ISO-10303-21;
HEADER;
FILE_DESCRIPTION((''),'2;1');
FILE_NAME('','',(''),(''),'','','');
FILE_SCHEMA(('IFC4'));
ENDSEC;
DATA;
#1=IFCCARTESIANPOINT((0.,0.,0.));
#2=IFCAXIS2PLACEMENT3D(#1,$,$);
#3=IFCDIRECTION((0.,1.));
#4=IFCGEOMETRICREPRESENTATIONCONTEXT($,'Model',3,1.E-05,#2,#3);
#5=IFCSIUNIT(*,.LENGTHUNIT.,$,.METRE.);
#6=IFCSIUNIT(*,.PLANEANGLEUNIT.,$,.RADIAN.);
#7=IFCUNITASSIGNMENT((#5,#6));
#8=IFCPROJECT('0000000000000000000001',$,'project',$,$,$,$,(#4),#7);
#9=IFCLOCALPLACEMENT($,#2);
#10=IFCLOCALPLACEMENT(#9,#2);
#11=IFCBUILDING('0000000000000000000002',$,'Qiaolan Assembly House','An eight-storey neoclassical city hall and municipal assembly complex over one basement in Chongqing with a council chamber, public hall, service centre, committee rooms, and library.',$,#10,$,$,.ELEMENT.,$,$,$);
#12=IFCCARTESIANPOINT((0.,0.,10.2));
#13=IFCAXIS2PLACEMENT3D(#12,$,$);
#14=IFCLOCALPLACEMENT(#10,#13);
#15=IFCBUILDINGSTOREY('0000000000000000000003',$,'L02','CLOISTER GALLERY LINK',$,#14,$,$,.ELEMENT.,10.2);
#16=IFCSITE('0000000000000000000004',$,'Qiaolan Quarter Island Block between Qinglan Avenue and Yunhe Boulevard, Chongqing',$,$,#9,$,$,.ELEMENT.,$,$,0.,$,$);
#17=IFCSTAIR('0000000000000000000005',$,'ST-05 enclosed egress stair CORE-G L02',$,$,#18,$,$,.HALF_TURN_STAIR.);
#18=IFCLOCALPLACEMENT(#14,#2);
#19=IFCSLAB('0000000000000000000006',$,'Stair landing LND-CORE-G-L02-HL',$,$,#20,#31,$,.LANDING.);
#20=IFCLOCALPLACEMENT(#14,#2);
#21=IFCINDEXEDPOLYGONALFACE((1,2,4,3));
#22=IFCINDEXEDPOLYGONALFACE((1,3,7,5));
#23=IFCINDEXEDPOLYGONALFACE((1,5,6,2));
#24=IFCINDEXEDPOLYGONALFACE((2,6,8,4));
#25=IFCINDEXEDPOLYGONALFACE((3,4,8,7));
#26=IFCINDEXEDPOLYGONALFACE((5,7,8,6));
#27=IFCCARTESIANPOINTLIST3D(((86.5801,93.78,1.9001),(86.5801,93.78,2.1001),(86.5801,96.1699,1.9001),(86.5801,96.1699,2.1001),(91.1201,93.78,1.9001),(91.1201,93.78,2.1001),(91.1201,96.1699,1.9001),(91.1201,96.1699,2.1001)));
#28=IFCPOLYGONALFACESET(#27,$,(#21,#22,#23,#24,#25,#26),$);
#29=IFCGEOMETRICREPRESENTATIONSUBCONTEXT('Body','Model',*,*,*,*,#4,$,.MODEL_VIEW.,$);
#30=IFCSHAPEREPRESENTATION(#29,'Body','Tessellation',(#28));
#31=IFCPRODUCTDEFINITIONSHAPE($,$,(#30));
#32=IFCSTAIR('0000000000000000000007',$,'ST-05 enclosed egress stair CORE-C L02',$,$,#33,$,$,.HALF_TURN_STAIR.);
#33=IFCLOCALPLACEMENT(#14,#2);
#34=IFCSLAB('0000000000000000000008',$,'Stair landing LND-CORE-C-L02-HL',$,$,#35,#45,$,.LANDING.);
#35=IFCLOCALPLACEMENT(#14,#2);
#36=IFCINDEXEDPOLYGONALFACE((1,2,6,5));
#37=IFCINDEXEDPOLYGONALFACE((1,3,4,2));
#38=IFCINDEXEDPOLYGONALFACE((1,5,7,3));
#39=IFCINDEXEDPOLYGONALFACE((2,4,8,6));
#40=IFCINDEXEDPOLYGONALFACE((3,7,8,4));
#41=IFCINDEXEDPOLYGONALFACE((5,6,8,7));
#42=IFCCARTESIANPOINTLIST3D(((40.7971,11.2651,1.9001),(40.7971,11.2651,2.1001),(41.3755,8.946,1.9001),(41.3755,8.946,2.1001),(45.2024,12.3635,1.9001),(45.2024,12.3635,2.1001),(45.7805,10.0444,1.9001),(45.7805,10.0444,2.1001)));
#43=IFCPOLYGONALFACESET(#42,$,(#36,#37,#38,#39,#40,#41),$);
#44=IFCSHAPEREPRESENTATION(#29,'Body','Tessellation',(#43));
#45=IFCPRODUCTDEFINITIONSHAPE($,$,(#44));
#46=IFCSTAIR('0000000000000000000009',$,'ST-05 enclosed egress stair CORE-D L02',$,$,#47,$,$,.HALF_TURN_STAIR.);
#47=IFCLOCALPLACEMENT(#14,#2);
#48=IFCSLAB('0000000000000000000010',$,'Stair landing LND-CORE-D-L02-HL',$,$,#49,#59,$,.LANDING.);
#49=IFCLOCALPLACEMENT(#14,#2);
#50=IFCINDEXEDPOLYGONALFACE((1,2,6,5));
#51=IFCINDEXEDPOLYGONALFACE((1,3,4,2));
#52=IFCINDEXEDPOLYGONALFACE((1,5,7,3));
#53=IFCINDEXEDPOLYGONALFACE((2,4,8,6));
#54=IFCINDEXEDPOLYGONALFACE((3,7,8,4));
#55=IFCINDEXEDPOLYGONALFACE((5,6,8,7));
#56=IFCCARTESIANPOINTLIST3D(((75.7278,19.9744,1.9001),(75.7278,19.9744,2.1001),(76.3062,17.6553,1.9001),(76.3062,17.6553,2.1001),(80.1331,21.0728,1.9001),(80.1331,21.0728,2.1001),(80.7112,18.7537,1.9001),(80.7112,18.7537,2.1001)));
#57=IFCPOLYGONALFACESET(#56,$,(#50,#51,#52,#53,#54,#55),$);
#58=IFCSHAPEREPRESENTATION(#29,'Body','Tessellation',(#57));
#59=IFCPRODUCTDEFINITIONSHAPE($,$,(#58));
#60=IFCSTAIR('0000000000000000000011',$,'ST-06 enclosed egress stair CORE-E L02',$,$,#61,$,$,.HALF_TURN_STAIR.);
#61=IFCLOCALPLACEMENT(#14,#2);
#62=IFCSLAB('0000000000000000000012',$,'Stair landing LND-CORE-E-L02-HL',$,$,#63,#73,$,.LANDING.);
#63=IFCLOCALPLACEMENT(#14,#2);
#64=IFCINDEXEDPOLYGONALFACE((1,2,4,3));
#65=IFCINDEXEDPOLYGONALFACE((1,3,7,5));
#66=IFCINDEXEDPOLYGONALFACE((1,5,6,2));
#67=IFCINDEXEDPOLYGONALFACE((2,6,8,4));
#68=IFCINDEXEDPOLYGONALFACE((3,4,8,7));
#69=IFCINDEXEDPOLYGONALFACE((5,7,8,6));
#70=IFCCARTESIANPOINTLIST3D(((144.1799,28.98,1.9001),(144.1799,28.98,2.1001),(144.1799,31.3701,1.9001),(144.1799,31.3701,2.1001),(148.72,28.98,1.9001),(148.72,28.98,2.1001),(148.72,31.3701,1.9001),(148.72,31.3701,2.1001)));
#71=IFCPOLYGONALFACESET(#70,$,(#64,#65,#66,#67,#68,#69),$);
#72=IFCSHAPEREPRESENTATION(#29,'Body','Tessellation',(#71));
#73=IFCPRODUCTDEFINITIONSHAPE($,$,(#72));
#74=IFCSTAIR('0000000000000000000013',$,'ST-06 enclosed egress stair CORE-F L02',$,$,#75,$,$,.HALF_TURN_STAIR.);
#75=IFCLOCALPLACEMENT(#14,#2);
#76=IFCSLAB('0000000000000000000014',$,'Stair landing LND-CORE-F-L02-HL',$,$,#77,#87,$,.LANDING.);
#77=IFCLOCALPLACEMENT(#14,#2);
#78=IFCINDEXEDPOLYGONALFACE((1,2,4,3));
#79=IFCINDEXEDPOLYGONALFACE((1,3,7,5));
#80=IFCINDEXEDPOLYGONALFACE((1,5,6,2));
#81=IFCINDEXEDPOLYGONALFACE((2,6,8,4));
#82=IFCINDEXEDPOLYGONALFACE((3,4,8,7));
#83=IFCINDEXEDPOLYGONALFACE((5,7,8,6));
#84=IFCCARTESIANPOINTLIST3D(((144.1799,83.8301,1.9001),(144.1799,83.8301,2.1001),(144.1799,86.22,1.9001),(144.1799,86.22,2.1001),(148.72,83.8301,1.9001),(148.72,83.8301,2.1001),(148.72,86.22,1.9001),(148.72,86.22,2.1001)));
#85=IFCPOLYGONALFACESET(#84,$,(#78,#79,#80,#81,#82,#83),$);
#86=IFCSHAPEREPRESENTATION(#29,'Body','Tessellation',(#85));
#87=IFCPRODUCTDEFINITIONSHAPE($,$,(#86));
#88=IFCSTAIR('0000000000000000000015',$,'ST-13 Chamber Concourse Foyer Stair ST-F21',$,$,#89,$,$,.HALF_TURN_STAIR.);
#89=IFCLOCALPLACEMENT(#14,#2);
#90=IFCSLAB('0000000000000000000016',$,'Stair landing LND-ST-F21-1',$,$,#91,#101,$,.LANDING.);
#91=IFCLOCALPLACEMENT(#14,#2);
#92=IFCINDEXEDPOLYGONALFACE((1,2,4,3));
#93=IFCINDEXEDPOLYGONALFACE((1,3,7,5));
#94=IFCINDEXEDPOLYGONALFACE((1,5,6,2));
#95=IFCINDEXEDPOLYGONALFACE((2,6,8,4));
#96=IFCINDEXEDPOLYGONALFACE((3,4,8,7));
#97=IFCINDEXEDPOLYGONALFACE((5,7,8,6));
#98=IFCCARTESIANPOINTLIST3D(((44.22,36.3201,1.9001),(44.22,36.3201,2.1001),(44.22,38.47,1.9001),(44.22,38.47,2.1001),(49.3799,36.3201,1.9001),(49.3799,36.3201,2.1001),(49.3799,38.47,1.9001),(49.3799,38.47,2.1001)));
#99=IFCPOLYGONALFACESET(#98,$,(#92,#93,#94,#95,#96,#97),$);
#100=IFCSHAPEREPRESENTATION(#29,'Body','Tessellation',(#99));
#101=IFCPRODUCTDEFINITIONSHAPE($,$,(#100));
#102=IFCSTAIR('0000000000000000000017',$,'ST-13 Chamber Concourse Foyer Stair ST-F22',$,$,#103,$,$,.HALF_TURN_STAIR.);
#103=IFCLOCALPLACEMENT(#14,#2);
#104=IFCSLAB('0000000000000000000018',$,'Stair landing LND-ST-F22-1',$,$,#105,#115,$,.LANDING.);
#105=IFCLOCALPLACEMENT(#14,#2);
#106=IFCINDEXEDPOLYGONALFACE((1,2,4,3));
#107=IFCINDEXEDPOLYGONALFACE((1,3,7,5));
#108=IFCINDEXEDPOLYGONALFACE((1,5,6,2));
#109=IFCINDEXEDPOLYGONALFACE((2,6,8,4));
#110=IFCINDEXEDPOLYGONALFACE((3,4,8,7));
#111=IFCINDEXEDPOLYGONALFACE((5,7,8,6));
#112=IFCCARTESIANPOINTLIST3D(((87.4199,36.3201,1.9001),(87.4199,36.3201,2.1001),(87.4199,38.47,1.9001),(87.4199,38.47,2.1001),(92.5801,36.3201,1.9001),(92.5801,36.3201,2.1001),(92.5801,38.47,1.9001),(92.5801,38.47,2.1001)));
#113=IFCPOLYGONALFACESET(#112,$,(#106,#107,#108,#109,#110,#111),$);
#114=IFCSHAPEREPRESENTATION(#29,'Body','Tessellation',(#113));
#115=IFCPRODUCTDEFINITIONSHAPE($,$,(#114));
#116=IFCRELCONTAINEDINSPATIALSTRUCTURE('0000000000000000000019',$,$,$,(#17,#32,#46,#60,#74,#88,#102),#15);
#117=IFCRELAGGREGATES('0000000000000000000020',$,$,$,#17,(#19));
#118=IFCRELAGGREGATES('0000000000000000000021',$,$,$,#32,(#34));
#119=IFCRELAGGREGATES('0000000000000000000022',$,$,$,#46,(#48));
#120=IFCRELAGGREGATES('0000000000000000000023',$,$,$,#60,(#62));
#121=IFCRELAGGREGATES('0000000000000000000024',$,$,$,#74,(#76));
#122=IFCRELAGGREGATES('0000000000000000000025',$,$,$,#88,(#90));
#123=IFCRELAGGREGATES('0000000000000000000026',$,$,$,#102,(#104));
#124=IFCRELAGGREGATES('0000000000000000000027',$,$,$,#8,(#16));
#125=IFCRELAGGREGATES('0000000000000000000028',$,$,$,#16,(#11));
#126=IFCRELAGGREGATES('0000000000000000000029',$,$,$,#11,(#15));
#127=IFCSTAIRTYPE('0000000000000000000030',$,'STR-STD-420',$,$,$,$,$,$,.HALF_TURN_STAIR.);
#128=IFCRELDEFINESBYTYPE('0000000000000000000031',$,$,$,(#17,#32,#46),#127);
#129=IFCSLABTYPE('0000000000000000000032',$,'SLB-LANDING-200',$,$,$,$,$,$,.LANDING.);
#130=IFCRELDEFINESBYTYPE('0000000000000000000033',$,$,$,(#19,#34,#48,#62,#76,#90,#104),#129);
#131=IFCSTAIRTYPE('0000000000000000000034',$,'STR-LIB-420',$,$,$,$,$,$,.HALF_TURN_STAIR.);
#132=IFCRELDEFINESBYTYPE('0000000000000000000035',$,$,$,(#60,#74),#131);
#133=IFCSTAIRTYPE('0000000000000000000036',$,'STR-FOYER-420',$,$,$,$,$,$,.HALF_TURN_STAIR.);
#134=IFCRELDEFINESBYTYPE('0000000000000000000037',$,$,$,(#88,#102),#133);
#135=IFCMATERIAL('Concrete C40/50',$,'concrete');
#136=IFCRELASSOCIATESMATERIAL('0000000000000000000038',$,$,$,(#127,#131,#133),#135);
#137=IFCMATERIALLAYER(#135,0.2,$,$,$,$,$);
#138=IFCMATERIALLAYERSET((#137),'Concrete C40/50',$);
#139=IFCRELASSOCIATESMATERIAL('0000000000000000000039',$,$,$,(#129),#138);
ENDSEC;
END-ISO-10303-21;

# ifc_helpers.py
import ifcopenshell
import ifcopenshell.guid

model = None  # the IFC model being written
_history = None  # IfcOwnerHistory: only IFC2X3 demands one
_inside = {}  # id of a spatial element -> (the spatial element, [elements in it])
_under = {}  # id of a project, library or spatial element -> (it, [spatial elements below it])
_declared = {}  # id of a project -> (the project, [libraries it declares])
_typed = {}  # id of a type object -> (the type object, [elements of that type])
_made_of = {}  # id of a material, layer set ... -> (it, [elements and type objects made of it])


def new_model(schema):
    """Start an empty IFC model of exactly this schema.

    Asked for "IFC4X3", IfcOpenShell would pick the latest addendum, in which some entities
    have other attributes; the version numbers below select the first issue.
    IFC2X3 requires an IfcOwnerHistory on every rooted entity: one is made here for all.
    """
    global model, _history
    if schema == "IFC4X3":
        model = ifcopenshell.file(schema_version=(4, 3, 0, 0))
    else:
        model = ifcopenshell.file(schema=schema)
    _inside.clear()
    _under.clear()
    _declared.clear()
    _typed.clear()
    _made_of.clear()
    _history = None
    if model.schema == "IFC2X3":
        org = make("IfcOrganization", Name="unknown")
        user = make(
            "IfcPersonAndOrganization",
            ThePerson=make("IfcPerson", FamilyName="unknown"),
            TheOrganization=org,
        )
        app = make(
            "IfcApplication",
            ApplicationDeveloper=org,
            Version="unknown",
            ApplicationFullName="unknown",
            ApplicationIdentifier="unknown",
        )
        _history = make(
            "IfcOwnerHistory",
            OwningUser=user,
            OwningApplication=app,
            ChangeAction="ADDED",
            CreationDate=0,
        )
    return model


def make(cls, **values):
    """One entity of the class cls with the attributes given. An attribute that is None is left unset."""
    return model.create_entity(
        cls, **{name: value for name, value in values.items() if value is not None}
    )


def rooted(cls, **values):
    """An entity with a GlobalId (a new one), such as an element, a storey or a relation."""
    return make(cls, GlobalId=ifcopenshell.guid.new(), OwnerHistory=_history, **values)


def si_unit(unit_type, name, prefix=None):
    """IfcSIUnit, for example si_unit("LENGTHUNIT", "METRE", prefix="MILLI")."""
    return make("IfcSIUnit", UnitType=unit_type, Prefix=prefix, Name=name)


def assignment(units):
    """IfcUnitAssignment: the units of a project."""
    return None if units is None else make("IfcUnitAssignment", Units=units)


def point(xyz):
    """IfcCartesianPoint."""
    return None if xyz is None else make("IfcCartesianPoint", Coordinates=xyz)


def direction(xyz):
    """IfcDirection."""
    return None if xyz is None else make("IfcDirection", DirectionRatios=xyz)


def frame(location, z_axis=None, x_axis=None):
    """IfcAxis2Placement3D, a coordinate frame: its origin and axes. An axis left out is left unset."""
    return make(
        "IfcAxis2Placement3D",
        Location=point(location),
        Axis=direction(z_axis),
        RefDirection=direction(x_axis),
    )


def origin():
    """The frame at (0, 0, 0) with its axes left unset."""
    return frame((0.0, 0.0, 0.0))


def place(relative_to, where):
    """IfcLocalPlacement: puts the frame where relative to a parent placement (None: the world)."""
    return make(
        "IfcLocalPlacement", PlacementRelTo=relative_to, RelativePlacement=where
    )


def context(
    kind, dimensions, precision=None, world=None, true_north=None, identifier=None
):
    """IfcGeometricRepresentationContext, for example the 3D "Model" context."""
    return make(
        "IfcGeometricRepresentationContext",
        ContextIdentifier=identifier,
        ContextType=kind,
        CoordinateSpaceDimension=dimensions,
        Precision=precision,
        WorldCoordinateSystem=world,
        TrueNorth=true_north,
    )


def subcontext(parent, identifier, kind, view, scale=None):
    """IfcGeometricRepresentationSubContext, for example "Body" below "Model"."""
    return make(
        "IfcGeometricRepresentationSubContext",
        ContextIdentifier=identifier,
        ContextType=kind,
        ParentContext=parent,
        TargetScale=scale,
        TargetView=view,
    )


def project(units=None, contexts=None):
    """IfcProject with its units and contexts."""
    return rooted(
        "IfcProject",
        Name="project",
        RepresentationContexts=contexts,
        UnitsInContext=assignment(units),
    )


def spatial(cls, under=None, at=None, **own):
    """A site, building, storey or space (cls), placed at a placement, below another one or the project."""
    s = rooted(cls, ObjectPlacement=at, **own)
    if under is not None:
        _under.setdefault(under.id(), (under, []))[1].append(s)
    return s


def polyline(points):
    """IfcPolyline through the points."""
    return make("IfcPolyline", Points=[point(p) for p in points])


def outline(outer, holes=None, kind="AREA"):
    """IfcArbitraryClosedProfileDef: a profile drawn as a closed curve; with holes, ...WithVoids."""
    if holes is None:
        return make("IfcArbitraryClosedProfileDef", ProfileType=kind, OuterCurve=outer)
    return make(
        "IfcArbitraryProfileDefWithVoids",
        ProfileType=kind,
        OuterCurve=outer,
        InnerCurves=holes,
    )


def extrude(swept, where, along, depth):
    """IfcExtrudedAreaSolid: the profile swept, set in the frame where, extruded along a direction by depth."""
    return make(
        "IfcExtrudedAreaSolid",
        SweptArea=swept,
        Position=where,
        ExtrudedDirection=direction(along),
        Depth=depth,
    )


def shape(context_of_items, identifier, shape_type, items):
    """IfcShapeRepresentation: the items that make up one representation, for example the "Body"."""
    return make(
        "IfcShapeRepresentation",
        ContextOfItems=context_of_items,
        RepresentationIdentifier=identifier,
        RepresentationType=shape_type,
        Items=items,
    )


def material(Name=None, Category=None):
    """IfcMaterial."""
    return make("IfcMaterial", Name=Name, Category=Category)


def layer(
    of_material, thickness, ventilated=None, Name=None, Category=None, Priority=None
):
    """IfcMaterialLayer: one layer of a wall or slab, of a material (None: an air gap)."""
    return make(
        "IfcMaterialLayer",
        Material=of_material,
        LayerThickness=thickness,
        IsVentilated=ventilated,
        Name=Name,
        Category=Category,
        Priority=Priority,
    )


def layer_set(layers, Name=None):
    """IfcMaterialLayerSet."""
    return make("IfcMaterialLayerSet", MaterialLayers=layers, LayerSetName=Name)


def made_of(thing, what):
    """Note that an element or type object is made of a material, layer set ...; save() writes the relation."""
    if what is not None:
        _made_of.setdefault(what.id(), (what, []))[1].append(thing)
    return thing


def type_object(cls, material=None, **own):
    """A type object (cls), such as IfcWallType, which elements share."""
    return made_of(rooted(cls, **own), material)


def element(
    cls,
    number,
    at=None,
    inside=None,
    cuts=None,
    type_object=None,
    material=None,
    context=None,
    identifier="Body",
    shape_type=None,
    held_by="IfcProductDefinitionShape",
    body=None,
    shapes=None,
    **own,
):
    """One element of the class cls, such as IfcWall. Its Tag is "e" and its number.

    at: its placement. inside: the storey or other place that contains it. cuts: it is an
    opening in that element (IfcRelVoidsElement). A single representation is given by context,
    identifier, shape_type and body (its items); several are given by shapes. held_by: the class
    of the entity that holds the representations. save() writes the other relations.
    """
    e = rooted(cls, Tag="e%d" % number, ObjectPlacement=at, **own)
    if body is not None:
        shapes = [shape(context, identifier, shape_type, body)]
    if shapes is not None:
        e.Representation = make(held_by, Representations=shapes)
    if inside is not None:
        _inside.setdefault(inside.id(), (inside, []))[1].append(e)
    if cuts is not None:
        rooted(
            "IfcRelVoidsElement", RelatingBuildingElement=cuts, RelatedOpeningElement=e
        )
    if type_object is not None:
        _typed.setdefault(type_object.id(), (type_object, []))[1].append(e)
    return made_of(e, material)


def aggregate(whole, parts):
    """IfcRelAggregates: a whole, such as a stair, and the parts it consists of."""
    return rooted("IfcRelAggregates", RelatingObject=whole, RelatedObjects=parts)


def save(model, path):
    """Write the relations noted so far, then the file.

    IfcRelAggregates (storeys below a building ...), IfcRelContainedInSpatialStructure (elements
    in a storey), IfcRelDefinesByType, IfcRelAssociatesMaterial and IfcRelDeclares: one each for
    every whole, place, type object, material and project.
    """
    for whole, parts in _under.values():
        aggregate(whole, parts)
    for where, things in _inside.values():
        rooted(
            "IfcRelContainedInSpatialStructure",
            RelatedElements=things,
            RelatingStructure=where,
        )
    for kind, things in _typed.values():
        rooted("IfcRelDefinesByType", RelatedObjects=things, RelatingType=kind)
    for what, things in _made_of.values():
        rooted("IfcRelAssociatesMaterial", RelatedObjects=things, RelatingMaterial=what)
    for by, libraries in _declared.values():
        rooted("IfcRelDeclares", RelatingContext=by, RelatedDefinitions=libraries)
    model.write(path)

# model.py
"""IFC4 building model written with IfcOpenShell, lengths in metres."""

from ifc_helpers import new_model, si_unit, direction, frame, origin, place, context, subcontext, project, spatial, polyline, outline, extrude, material, layer, layer_set, type_object, element, aggregate, save


model = new_model("IFC4")

# Units and contexts
model_context = context("Model", 3, precision=1e-05, world=origin(), true_north=direction((0.0, 1.0)))
body_context = subcontext(model_context, "Body", "Model", "MODEL_VIEW")
ifc_project = project(units=[si_unit("LENGTHUNIT", "METRE"), si_unit("PLANEANGLEUNIT", "RADIAN")], contexts=[model_context])

# Site, building, storey
site_placement = place(None, origin())
site = spatial("IfcSite", under=ifc_project, at=site_placement, Name="Qiaolan Quarter Island Block between Qinglan Avenue and Yunhe Boulevard, Chongqing", CompositionType="ELEMENT", RefElevation=0.0)
building_placement = place(site_placement, origin())
building = spatial("IfcBuilding", under=site, at=building_placement, Name="Qiaolan Assembly House", Description="An eight-storey neoclassical city hall and municipal assembly complex over one basement in Chongqing with a council chamber, public hall, service centre, committee rooms, and library.", CompositionType="ELEMENT")
storey_placement = place(building_placement, frame((0.0, 0.0, 10.2)))
storey = spatial("IfcBuildingStorey", under=building, at=storey_placement, Name="L02", Description="CLOISTER GALLERY LINK", CompositionType="ELEMENT", Elevation=10.2)

# Stairs, slabs
ifc_material_1 = material(Name="Concrete C40/50", Category="concrete")
stair_type_1 = type_object("IfcStairType", Name="STR-STD-420", PredefinedType="HALF_TURN_STAIR", material=ifc_material_1)
ifc_layer_1 = layer(ifc_material_1, 0.2)
ifc_layer_set_1 = layer_set([ifc_layer_1], Name="Concrete C40/50")
slab_type = type_object("IfcSlabType", Name="SLB-LANDING-200", PredefinedType="LANDING", material=ifc_layer_set_1)
stair_1_placement = place(storey_placement, origin())
stair_1 = element("IfcStair", 1, at=stair_1_placement, inside=storey, type_object=stair_type_1, Name="ST-05 enclosed egress stair CORE-G L02", PredefinedType="HALF_TURN_STAIR")
slab_1_placement = place(storey_placement, frame((0.0, 0.0, 1.9001)))
slab_1 = element("IfcSlab", 2, at=slab_1_placement, type_object=slab_type, Name="Stair landing LND-CORE-G-L02-HL", PredefinedType="LANDING", context=body_context, shape_type="SweptSolid", body=[
    extrude(outline(polyline([(86.5801, 93.78), (86.5801, 96.1699), (91.1201, 96.1699), (91.1201, 93.78), (86.5801, 93.78)])), origin(), (0.0, 0.0, 1.0), 0.2),
])
aggregate(stair_1, [slab_1])
stair_2_placement = place(storey_placement, origin())
stair_2 = element("IfcStair", 3, at=stair_2_placement, inside=storey, type_object=stair_type_1, Name="ST-05 enclosed egress stair CORE-C L02", PredefinedType="HALF_TURN_STAIR")
slab_2_placement = place(storey_placement, frame((0.0, 0.0, 1.9001)))
slab_2 = element("IfcSlab", 4, at=slab_2_placement, type_object=slab_type, Name="Stair landing LND-CORE-C-L02-HL", PredefinedType="LANDING", context=body_context, shape_type="SweptSolid", body=[
    extrude(outline(polyline([(41.3755, 8.946), (40.7971, 11.2651), (45.2024, 12.3635), (45.7805, 10.0444), (41.3755, 8.946)])), origin(), (0.0, 0.0, 1.0), 0.2),
])
aggregate(stair_2, [slab_2])
stair_3_placement = place(storey_placement, origin())
stair_3 = element("IfcStair", 5, at=stair_3_placement, inside=storey, type_object=stair_type_1, Name="ST-05 enclosed egress stair CORE-D L02", PredefinedType="HALF_TURN_STAIR")
slab_3_placement = place(storey_placement, frame((0.0, 0.0, 1.9001)))
slab_3 = element("IfcSlab", 6, at=slab_3_placement, type_object=slab_type, Name="Stair landing LND-CORE-D-L02-HL", PredefinedType="LANDING", context=body_context, shape_type="SweptSolid", body=[
    extrude(outline(polyline([(76.3062, 17.6553), (75.7278, 19.9744), (80.1331, 21.0728), (80.7112, 18.7537), (76.3062, 17.6553)])), origin(), (0.0, 0.0, 1.0), 0.2),
])
aggregate(stair_3, [slab_3])
stair_type_2 = type_object("IfcStairType", Name="STR-LIB-420", PredefinedType="HALF_TURN_STAIR", material=ifc_material_1)
stair_4_placement = place(storey_placement, origin())
stair_4 = element("IfcStair", 7, at=stair_4_placement, inside=storey, type_object=stair_type_2, Name="ST-06 enclosed egress stair CORE-E L02", PredefinedType="HALF_TURN_STAIR")
slab_4_placement = place(storey_placement, frame((0.0, 0.0, 1.9001)))
slab_4 = element("IfcSlab", 8, at=slab_4_placement, type_object=slab_type, Name="Stair landing LND-CORE-E-L02-HL", PredefinedType="LANDING", context=body_context, shape_type="SweptSolid", body=[
    extrude(outline(polyline([(144.1799, 28.98), (144.1799, 31.3701), (148.72, 31.3701), (148.72, 28.98), (144.1799, 28.98)])), origin(), (0.0, 0.0, 1.0), 0.2),
])
aggregate(stair_4, [slab_4])
stair_5_placement = place(storey_placement, origin())
stair_5 = element("IfcStair", 9, at=stair_5_placement, inside=storey, type_object=stair_type_2, Name="ST-06 enclosed egress stair CORE-F L02", PredefinedType="HALF_TURN_STAIR")
slab_5_placement = place(storey_placement, frame((0.0, 0.0, 1.9001)))
slab_5 = element("IfcSlab", 10, at=slab_5_placement, type_object=slab_type, Name="Stair landing LND-CORE-F-L02-HL", PredefinedType="LANDING", context=body_context, shape_type="SweptSolid", body=[
    extrude(outline(polyline([(144.1799, 83.8301), (144.1799, 86.22), (148.72, 86.22), (148.72, 83.8301), (144.1799, 83.8301)])), origin(), (0.0, 0.0, 1.0), 0.2),
])
aggregate(stair_5, [slab_5])
stair_type_3 = type_object("IfcStairType", Name="STR-FOYER-420", PredefinedType="HALF_TURN_STAIR", material=ifc_material_1)
stair_6_placement = place(storey_placement, origin())
stair_6 = element("IfcStair", 11, at=stair_6_placement, inside=storey, type_object=stair_type_3, Name="ST-13 Chamber Concourse Foyer Stair ST-F21", PredefinedType="HALF_TURN_STAIR")
slab_6_placement = place(storey_placement, frame((0.0, 0.0, 1.9001)))
slab_6 = element("IfcSlab", 12, at=slab_6_placement, type_object=slab_type, Name="Stair landing LND-ST-F21-1", PredefinedType="LANDING", context=body_context, shape_type="SweptSolid", body=[
    extrude(outline(polyline([(44.22, 36.3201), (44.22, 38.47), (49.3799, 38.47), (49.3799, 36.3201), (44.22, 36.3201)])), origin(), (0.0, 0.0, 1.0), 0.2),
])
aggregate(stair_6, [slab_6])
stair_7_placement = place(storey_placement, origin())
stair_7 = element("IfcStair", 13, at=stair_7_placement, inside=storey, type_object=stair_type_3, Name="ST-13 Chamber Concourse Foyer Stair ST-F22", PredefinedType="HALF_TURN_STAIR")
slab_7_placement = place(storey_placement, frame((0.0, 0.0, 1.9001)))
slab_7 = element("IfcSlab", 14, at=slab_7_placement, type_object=slab_type, Name="Stair landing LND-ST-F22-1", PredefinedType="LANDING", context=body_context, shape_type="SweptSolid", body=[
    extrude(outline(polyline([(87.4199, 36.3201), (87.4199, 38.47), (92.5801, 38.47), (92.5801, 36.3201), (87.4199, 36.3201)])), origin(), (0.0, 0.0, 1.0), 0.2),
])
aggregate(stair_7, [slab_7])

save(model, "model.ifc")
